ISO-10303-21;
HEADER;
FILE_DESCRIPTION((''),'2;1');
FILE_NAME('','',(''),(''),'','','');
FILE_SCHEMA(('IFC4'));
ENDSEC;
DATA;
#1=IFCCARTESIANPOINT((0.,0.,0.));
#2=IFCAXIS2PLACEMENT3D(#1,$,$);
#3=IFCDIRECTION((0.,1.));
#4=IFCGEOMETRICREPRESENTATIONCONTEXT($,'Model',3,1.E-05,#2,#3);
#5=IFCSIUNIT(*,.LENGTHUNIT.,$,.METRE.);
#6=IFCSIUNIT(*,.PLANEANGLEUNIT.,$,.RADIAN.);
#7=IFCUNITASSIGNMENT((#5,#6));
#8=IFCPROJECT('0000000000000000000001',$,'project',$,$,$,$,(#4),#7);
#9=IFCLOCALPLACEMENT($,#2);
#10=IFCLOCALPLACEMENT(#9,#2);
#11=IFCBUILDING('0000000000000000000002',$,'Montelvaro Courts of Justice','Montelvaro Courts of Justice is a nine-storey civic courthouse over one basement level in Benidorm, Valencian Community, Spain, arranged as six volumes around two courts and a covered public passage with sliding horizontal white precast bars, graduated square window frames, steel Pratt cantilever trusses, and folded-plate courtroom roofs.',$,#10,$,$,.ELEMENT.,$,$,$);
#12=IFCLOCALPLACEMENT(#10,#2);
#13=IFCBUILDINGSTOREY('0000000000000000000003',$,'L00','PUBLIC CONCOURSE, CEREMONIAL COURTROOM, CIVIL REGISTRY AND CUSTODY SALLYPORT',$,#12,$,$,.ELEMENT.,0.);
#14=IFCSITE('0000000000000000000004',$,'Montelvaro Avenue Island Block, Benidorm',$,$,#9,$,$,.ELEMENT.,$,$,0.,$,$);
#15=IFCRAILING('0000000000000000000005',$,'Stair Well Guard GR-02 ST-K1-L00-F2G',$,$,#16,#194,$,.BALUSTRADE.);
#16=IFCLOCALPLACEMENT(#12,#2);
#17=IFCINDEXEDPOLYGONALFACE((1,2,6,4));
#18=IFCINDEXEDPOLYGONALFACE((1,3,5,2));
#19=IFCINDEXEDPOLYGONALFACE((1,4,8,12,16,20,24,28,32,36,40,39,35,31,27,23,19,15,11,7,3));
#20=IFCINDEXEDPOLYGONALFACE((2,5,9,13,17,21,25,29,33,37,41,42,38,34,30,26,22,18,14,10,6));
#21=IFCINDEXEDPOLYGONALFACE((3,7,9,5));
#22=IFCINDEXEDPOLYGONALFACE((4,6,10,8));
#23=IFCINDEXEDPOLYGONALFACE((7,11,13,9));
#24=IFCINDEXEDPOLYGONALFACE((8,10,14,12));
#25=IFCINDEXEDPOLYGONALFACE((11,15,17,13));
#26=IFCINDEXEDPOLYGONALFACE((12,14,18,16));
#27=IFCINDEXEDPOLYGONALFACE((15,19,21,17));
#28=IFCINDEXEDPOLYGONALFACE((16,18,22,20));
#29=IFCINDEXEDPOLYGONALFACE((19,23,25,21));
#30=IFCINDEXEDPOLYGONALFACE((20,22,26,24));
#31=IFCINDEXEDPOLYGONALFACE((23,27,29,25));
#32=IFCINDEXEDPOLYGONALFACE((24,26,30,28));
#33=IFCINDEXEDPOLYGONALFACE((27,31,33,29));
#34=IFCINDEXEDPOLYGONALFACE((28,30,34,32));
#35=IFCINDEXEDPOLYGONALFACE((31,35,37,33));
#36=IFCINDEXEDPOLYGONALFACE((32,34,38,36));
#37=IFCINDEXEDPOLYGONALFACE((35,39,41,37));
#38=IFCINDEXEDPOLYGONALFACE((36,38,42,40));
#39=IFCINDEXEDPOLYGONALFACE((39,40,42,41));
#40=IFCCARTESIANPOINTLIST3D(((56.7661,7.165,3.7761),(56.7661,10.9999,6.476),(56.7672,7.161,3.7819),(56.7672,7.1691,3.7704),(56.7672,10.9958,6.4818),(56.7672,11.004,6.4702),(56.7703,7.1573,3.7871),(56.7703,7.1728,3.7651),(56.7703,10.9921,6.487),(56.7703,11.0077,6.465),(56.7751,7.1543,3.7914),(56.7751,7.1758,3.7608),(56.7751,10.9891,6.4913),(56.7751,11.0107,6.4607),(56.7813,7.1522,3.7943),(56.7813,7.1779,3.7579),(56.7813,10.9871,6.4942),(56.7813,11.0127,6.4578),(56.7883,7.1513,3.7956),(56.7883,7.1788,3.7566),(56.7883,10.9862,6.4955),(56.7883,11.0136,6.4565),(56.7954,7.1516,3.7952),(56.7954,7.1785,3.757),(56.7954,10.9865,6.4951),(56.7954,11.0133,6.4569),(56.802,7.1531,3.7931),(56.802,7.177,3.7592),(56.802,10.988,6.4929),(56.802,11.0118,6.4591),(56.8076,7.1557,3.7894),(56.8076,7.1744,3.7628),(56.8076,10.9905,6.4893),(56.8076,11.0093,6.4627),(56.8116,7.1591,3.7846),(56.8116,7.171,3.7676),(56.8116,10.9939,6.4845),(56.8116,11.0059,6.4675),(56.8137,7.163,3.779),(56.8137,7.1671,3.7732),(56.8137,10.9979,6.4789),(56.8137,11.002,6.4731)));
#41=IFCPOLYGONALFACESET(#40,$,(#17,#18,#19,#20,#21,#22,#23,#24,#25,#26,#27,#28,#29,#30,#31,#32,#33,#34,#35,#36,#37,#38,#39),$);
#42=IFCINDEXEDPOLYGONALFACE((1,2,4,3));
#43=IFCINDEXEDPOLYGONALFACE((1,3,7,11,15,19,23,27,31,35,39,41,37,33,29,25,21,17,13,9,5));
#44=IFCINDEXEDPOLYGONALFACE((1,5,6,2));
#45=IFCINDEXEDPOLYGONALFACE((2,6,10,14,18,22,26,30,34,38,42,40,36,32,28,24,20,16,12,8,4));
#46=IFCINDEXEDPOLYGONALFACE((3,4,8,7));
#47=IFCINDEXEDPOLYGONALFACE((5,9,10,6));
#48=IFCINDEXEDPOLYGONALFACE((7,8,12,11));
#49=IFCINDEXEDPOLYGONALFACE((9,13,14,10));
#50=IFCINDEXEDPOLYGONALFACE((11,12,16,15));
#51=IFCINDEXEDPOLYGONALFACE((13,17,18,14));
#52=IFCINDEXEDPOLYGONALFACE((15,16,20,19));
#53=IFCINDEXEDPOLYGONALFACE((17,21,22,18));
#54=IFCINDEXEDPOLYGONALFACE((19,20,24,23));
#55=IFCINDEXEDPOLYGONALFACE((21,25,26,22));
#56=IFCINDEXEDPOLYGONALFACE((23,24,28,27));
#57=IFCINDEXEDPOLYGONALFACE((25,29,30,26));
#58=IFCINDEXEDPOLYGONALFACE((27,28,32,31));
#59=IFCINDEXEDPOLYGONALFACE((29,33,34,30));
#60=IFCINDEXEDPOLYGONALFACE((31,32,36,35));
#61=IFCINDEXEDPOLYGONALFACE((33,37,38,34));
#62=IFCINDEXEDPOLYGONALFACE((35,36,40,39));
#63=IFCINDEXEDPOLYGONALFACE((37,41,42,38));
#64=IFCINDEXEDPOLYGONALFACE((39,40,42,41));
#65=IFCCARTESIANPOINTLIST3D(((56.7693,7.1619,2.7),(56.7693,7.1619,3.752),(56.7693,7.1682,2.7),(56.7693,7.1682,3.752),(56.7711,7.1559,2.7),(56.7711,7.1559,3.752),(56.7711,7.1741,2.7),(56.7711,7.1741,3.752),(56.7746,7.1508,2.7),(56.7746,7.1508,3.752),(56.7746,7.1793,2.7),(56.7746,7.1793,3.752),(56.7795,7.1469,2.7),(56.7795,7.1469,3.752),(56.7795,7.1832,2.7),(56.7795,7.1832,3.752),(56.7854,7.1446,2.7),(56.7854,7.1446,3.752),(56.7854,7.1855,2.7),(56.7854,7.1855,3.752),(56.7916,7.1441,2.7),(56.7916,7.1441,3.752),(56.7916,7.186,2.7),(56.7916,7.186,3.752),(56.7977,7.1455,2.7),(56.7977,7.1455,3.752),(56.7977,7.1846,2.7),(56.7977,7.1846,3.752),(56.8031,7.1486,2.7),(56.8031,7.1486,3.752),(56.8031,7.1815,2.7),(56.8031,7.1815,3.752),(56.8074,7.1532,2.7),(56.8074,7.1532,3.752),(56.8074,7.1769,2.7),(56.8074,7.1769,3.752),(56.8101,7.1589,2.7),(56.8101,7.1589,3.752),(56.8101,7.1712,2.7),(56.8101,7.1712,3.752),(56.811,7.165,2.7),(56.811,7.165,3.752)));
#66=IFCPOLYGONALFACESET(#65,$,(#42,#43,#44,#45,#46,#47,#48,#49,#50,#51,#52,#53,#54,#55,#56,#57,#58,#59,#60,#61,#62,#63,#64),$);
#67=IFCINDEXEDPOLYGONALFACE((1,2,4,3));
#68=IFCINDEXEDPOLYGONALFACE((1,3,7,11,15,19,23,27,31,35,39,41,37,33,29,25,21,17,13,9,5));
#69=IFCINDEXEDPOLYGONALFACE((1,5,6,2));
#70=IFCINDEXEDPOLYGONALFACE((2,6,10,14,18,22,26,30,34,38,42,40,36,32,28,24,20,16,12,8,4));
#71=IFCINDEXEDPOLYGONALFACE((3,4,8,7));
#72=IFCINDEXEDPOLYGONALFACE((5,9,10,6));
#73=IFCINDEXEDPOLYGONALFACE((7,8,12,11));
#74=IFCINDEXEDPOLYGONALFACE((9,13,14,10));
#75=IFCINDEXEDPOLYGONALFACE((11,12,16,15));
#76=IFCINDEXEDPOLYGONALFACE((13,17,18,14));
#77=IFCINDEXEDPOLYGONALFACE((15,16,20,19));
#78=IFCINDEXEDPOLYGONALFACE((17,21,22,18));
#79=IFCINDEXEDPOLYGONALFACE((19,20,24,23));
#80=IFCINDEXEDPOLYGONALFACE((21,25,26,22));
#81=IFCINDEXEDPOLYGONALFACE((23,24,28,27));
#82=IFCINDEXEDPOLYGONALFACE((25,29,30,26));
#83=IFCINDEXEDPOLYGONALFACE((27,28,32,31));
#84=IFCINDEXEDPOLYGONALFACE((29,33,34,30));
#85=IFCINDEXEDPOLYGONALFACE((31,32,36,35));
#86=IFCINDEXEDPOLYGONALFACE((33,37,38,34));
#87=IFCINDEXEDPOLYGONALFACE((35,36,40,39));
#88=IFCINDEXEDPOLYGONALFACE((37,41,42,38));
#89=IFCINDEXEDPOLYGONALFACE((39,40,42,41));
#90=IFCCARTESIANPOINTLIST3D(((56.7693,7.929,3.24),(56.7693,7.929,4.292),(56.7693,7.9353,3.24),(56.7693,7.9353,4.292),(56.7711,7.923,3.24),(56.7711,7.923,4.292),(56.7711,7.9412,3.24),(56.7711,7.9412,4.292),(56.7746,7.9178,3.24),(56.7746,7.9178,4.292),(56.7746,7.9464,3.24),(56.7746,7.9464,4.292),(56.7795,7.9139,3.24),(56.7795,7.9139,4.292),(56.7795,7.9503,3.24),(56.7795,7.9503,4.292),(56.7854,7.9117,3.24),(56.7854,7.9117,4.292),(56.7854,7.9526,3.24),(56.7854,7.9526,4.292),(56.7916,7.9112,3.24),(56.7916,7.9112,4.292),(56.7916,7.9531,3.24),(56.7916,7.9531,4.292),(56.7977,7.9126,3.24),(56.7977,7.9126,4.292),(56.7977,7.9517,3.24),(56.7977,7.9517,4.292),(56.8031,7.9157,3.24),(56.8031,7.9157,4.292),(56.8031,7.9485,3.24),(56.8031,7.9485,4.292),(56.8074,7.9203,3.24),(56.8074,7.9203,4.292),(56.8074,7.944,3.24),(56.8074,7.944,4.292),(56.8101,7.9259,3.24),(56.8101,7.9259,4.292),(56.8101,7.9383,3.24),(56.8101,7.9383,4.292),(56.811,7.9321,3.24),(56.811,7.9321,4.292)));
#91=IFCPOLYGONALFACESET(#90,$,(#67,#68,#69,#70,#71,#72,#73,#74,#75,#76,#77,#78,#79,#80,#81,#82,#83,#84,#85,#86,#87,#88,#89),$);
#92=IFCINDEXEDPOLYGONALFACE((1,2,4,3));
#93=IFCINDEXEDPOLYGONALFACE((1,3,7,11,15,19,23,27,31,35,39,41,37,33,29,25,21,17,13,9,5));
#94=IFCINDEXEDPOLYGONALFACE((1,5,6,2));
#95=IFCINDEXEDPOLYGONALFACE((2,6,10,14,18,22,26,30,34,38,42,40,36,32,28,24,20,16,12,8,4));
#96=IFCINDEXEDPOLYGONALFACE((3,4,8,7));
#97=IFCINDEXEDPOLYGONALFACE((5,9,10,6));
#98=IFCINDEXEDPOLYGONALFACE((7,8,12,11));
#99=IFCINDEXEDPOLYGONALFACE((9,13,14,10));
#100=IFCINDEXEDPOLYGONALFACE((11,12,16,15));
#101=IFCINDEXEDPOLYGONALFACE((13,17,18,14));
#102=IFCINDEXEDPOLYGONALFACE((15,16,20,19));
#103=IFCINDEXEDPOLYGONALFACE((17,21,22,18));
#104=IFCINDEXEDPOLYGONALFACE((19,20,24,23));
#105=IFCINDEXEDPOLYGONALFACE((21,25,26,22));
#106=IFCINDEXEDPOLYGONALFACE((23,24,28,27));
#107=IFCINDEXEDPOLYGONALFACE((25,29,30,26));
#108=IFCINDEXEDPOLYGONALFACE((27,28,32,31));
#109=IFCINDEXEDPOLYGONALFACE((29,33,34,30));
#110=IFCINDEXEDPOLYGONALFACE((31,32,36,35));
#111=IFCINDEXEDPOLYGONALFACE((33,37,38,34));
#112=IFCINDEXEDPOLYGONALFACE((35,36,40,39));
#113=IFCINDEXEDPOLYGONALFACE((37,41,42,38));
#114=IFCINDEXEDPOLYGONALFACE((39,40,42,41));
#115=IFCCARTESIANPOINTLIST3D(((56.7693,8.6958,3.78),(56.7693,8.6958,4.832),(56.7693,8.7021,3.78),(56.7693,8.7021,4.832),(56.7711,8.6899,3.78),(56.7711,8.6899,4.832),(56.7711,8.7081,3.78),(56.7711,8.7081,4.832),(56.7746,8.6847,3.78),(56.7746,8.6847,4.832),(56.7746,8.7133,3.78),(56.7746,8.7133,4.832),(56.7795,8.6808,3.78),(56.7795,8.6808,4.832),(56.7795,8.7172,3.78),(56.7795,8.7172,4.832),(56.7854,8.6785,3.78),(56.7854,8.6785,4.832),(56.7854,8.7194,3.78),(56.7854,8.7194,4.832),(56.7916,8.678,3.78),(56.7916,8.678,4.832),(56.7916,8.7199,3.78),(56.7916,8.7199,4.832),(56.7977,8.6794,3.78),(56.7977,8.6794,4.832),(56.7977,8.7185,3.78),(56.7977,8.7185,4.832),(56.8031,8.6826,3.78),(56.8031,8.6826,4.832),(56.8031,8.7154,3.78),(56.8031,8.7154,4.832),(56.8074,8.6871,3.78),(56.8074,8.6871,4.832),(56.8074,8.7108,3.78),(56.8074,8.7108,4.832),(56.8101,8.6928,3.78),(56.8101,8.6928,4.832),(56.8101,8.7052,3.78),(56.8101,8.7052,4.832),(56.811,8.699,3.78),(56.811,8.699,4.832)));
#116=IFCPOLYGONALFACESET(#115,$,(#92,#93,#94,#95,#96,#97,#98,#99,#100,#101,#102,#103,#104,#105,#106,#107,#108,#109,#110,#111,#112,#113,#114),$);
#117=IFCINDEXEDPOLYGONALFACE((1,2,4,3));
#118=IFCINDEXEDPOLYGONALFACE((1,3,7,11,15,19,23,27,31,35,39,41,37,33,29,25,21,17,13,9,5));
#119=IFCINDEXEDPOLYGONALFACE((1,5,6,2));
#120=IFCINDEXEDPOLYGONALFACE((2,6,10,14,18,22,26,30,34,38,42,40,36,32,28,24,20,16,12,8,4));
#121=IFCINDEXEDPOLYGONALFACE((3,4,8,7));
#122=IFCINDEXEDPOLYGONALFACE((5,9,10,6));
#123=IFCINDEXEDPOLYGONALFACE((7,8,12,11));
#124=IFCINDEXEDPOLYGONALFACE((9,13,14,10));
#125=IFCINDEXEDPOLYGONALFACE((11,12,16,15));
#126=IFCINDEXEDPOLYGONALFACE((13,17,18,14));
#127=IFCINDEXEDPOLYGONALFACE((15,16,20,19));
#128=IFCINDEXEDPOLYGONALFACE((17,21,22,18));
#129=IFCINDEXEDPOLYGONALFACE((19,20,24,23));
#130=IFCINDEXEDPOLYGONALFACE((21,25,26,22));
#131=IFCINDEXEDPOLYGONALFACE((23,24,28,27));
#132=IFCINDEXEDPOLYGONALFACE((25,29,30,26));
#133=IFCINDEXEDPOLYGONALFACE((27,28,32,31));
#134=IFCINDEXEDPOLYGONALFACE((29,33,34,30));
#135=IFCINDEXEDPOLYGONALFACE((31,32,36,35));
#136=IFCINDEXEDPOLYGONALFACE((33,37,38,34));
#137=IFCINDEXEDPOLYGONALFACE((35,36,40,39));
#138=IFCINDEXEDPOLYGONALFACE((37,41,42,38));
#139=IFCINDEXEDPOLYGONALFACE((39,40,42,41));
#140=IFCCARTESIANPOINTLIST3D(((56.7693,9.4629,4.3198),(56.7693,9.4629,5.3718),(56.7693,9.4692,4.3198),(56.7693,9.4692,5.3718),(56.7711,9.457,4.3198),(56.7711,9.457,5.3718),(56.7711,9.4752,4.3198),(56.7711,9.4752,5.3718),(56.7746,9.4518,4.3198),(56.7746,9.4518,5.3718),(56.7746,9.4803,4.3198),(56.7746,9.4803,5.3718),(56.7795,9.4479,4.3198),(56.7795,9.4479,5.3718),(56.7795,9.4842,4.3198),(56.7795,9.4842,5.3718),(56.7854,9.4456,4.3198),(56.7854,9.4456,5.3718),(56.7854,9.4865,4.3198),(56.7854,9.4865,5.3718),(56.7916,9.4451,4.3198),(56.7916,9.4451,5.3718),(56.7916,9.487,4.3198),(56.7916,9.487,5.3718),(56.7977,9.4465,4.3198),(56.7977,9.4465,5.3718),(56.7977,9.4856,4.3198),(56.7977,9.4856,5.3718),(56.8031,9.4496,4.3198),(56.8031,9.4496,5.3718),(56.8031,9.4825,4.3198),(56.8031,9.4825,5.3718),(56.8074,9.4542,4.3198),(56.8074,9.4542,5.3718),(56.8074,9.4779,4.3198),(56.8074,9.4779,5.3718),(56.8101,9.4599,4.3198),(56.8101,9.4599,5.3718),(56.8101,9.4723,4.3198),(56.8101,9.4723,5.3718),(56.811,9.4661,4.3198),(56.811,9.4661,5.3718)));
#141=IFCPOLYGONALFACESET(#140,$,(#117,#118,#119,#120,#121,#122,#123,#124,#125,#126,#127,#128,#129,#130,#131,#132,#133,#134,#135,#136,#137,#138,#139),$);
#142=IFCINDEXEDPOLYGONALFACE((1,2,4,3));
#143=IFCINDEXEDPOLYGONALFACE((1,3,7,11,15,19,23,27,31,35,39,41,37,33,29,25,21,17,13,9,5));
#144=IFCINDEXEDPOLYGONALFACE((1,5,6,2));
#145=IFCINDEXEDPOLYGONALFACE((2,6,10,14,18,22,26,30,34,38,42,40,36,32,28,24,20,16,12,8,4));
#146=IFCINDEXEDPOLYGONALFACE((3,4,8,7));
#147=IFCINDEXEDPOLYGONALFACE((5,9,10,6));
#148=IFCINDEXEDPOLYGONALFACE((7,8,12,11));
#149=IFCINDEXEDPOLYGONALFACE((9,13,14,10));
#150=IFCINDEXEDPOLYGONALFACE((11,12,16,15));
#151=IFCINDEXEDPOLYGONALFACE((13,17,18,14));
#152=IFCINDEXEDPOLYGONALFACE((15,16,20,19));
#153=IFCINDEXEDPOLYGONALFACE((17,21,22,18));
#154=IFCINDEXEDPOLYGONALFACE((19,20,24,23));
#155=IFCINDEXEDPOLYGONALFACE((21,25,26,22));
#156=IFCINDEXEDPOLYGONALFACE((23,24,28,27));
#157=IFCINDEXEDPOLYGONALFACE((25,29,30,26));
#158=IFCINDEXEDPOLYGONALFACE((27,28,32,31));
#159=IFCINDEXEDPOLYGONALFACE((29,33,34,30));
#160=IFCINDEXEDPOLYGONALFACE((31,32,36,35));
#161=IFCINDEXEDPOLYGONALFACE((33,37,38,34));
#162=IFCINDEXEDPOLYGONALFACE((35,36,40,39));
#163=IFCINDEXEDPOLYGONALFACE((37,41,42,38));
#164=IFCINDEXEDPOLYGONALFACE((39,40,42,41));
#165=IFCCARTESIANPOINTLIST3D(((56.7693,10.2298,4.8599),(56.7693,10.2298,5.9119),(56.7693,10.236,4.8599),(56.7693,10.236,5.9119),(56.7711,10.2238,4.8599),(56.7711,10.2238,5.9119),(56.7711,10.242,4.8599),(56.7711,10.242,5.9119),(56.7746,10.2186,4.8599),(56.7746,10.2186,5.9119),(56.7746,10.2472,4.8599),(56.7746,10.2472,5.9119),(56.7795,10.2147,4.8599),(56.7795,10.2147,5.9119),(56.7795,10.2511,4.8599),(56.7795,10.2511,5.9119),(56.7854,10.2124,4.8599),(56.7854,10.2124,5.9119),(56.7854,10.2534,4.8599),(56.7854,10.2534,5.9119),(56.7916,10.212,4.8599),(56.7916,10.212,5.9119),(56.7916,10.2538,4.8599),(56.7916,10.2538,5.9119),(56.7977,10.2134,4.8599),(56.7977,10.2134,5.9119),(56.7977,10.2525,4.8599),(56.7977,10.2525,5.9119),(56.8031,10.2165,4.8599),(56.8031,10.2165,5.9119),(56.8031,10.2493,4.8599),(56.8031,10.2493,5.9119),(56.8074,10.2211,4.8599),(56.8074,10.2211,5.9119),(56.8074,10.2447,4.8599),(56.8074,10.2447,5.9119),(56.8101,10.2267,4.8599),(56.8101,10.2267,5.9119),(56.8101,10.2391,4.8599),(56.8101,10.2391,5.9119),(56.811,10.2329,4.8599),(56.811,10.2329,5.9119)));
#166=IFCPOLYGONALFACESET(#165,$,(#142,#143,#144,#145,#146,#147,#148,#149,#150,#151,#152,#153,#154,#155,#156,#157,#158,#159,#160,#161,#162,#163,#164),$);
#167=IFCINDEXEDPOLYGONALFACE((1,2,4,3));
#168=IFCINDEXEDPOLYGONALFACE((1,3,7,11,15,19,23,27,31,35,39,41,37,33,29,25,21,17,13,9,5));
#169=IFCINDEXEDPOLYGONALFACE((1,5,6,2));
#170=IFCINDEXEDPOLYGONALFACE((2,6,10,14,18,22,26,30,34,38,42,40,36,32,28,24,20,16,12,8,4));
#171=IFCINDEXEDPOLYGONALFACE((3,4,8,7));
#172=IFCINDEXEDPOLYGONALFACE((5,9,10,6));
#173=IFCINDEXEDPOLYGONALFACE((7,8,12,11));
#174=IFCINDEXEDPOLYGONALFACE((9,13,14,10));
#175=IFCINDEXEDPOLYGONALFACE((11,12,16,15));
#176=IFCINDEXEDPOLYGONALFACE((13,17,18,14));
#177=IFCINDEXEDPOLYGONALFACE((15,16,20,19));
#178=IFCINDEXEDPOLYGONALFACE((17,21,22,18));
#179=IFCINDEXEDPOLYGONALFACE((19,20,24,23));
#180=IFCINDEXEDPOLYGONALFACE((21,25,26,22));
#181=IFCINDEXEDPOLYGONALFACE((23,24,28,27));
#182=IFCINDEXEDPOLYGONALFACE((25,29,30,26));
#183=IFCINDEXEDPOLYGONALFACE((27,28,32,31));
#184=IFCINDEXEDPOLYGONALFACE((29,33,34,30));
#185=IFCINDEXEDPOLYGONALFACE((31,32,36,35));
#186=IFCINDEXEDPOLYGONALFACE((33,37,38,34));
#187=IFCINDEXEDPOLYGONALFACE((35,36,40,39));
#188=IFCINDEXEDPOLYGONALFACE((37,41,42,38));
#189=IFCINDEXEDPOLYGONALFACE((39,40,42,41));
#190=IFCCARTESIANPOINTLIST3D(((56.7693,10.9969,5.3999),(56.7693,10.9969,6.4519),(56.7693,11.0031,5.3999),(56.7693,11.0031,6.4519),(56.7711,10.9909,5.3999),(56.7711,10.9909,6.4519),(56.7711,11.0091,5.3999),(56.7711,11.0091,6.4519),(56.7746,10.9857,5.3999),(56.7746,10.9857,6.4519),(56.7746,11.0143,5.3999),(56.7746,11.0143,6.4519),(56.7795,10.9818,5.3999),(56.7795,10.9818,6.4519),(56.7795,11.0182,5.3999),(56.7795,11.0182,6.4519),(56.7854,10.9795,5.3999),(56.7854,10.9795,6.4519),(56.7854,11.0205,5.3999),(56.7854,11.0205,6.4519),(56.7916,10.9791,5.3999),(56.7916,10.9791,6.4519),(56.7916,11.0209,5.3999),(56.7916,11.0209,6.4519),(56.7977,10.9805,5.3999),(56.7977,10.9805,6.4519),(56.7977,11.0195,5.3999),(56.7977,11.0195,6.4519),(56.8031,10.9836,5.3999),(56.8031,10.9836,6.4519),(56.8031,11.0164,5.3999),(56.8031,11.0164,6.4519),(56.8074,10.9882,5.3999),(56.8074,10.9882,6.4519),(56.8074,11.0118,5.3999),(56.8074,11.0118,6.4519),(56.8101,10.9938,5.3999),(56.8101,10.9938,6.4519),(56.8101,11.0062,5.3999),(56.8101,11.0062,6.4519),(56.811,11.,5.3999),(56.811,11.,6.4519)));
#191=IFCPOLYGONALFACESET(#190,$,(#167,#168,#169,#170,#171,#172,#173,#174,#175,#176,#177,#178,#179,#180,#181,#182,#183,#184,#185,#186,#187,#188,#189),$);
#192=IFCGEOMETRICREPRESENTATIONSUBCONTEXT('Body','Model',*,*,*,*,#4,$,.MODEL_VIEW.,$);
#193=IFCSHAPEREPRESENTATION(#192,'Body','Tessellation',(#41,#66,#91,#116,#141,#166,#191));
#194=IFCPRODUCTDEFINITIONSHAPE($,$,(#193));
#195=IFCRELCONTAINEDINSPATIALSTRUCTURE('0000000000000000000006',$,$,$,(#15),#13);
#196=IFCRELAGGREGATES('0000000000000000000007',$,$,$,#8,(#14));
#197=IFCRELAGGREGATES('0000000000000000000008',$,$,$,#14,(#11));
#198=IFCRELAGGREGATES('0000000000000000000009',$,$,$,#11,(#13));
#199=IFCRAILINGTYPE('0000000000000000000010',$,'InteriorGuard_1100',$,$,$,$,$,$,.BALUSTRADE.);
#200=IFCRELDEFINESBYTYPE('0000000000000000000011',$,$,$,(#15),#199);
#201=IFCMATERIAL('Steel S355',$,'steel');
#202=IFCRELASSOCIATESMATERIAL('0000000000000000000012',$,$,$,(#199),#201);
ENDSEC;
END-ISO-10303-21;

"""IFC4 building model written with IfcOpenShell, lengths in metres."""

from ifc_helpers import new_model, si_unit, direction, frame, origin, origin_2d, place, context, subcontext, project, spatial, circle, extrude, material, type_object, element, save


model = new_model("IFC4")

# Units and contexts
model_context = context("Model", 3, precision=1e-05, world=origin(), true_north=direction((0.0, 1.0)))
body_context = subcontext(model_context, "Body", "Model", "MODEL_VIEW")
ifc_project = project(units=[si_unit("LENGTHUNIT", "METRE"), si_unit("PLANEANGLEUNIT", "RADIAN")], contexts=[model_context])

# Site, building, storey
site_placement = place(None, origin())
site = spatial("IfcSite", under=ifc_project, at=site_placement, Name="Montelvaro Avenue Island Block, Benidorm", CompositionType="ELEMENT", RefElevation=0.0)
building_placement = place(site_placement, origin())
building = spatial("IfcBuilding", under=site, at=building_placement, Name="Montelvaro Courts of Justice", Description="Montelvaro Courts of Justice is a nine-storey civic courthouse over one basement level in Benidorm, Valencian Community, Spain, arranged as six volumes around two courts and a covered public passage with sliding horizontal white precast bars, graduated square window frames, steel Pratt cantilever trusses, and folded-plate courtroom roofs.", CompositionType="ELEMENT")
storey_placement = place(building_placement, origin())
storey = spatial("IfcBuildingStorey", under=building, at=storey_placement, Name="L00", Description="PUBLIC CONCOURSE, CEREMONIAL COURTROOM, CIVIL REGISTRY AND CUSTODY SALLYPORT", CompositionType="ELEMENT", Elevation=0.0)

# Shared definitions
ifc_material_1 = material(Name="Steel S355", Category="steel")

# Railing
railing_type_1 = type_object("IfcRailingType", Name="InteriorGuard_1100", PredefinedType="BALUSTRADE", material=ifc_material_1)
railing_1_placement = place(storey_placement, frame((56.79, 7.165, 2.7)))
element("IfcRailing", 1, at=railing_1_placement, inside=storey, type_object=railing_type_1, Name="Stair Well Guard GR-02 ST-K1-L00-F2G", PredefinedType="BALUSTRADE", context=body_context, shape_type="SweptSolid", body=[
    extrude(circle(Radius=0.0239, at=origin_2d()), frame((0.0, 0.0, 1.0762), z_axis=(0.0, 0.817678, 0.575675), x_axis=(-1.0, 0.0, 0.0)), (0.0, 0.0, 1.0), 4.6899),
    extrude(circle(Radius=0.021, at=origin_2d()), origin(), (0.0, 0.0, 1.0), 1.052),
    extrude(circle(Radius=0.021, at=origin_2d()), frame((0.0, 0.7671, 0.54)), (0.0, 0.0, 1.0), 1.052),
    extrude(circle(Radius=0.021, at=origin_2d()), frame((0.0, 1.5339, 1.0801)), (0.0, 0.0, 1.0), 1.052),
    extrude(circle(Radius=0.021, at=origin_2d()), frame((0.0, 2.301, 1.6199)), (0.0, 0.0, 1.0), 1.052),
    extrude(circle(Radius=0.021, at=origin_2d()), frame((0.0, 3.0679, 2.1599)), (0.0, 0.0, 1.0), 1.052),
    extrude(circle(Radius=0.021, at=origin_2d()), frame((0.0, 3.835, 2.7)), (0.0, 0.0, 1.0), 1.052),
])

save(model, "model.ifc")
